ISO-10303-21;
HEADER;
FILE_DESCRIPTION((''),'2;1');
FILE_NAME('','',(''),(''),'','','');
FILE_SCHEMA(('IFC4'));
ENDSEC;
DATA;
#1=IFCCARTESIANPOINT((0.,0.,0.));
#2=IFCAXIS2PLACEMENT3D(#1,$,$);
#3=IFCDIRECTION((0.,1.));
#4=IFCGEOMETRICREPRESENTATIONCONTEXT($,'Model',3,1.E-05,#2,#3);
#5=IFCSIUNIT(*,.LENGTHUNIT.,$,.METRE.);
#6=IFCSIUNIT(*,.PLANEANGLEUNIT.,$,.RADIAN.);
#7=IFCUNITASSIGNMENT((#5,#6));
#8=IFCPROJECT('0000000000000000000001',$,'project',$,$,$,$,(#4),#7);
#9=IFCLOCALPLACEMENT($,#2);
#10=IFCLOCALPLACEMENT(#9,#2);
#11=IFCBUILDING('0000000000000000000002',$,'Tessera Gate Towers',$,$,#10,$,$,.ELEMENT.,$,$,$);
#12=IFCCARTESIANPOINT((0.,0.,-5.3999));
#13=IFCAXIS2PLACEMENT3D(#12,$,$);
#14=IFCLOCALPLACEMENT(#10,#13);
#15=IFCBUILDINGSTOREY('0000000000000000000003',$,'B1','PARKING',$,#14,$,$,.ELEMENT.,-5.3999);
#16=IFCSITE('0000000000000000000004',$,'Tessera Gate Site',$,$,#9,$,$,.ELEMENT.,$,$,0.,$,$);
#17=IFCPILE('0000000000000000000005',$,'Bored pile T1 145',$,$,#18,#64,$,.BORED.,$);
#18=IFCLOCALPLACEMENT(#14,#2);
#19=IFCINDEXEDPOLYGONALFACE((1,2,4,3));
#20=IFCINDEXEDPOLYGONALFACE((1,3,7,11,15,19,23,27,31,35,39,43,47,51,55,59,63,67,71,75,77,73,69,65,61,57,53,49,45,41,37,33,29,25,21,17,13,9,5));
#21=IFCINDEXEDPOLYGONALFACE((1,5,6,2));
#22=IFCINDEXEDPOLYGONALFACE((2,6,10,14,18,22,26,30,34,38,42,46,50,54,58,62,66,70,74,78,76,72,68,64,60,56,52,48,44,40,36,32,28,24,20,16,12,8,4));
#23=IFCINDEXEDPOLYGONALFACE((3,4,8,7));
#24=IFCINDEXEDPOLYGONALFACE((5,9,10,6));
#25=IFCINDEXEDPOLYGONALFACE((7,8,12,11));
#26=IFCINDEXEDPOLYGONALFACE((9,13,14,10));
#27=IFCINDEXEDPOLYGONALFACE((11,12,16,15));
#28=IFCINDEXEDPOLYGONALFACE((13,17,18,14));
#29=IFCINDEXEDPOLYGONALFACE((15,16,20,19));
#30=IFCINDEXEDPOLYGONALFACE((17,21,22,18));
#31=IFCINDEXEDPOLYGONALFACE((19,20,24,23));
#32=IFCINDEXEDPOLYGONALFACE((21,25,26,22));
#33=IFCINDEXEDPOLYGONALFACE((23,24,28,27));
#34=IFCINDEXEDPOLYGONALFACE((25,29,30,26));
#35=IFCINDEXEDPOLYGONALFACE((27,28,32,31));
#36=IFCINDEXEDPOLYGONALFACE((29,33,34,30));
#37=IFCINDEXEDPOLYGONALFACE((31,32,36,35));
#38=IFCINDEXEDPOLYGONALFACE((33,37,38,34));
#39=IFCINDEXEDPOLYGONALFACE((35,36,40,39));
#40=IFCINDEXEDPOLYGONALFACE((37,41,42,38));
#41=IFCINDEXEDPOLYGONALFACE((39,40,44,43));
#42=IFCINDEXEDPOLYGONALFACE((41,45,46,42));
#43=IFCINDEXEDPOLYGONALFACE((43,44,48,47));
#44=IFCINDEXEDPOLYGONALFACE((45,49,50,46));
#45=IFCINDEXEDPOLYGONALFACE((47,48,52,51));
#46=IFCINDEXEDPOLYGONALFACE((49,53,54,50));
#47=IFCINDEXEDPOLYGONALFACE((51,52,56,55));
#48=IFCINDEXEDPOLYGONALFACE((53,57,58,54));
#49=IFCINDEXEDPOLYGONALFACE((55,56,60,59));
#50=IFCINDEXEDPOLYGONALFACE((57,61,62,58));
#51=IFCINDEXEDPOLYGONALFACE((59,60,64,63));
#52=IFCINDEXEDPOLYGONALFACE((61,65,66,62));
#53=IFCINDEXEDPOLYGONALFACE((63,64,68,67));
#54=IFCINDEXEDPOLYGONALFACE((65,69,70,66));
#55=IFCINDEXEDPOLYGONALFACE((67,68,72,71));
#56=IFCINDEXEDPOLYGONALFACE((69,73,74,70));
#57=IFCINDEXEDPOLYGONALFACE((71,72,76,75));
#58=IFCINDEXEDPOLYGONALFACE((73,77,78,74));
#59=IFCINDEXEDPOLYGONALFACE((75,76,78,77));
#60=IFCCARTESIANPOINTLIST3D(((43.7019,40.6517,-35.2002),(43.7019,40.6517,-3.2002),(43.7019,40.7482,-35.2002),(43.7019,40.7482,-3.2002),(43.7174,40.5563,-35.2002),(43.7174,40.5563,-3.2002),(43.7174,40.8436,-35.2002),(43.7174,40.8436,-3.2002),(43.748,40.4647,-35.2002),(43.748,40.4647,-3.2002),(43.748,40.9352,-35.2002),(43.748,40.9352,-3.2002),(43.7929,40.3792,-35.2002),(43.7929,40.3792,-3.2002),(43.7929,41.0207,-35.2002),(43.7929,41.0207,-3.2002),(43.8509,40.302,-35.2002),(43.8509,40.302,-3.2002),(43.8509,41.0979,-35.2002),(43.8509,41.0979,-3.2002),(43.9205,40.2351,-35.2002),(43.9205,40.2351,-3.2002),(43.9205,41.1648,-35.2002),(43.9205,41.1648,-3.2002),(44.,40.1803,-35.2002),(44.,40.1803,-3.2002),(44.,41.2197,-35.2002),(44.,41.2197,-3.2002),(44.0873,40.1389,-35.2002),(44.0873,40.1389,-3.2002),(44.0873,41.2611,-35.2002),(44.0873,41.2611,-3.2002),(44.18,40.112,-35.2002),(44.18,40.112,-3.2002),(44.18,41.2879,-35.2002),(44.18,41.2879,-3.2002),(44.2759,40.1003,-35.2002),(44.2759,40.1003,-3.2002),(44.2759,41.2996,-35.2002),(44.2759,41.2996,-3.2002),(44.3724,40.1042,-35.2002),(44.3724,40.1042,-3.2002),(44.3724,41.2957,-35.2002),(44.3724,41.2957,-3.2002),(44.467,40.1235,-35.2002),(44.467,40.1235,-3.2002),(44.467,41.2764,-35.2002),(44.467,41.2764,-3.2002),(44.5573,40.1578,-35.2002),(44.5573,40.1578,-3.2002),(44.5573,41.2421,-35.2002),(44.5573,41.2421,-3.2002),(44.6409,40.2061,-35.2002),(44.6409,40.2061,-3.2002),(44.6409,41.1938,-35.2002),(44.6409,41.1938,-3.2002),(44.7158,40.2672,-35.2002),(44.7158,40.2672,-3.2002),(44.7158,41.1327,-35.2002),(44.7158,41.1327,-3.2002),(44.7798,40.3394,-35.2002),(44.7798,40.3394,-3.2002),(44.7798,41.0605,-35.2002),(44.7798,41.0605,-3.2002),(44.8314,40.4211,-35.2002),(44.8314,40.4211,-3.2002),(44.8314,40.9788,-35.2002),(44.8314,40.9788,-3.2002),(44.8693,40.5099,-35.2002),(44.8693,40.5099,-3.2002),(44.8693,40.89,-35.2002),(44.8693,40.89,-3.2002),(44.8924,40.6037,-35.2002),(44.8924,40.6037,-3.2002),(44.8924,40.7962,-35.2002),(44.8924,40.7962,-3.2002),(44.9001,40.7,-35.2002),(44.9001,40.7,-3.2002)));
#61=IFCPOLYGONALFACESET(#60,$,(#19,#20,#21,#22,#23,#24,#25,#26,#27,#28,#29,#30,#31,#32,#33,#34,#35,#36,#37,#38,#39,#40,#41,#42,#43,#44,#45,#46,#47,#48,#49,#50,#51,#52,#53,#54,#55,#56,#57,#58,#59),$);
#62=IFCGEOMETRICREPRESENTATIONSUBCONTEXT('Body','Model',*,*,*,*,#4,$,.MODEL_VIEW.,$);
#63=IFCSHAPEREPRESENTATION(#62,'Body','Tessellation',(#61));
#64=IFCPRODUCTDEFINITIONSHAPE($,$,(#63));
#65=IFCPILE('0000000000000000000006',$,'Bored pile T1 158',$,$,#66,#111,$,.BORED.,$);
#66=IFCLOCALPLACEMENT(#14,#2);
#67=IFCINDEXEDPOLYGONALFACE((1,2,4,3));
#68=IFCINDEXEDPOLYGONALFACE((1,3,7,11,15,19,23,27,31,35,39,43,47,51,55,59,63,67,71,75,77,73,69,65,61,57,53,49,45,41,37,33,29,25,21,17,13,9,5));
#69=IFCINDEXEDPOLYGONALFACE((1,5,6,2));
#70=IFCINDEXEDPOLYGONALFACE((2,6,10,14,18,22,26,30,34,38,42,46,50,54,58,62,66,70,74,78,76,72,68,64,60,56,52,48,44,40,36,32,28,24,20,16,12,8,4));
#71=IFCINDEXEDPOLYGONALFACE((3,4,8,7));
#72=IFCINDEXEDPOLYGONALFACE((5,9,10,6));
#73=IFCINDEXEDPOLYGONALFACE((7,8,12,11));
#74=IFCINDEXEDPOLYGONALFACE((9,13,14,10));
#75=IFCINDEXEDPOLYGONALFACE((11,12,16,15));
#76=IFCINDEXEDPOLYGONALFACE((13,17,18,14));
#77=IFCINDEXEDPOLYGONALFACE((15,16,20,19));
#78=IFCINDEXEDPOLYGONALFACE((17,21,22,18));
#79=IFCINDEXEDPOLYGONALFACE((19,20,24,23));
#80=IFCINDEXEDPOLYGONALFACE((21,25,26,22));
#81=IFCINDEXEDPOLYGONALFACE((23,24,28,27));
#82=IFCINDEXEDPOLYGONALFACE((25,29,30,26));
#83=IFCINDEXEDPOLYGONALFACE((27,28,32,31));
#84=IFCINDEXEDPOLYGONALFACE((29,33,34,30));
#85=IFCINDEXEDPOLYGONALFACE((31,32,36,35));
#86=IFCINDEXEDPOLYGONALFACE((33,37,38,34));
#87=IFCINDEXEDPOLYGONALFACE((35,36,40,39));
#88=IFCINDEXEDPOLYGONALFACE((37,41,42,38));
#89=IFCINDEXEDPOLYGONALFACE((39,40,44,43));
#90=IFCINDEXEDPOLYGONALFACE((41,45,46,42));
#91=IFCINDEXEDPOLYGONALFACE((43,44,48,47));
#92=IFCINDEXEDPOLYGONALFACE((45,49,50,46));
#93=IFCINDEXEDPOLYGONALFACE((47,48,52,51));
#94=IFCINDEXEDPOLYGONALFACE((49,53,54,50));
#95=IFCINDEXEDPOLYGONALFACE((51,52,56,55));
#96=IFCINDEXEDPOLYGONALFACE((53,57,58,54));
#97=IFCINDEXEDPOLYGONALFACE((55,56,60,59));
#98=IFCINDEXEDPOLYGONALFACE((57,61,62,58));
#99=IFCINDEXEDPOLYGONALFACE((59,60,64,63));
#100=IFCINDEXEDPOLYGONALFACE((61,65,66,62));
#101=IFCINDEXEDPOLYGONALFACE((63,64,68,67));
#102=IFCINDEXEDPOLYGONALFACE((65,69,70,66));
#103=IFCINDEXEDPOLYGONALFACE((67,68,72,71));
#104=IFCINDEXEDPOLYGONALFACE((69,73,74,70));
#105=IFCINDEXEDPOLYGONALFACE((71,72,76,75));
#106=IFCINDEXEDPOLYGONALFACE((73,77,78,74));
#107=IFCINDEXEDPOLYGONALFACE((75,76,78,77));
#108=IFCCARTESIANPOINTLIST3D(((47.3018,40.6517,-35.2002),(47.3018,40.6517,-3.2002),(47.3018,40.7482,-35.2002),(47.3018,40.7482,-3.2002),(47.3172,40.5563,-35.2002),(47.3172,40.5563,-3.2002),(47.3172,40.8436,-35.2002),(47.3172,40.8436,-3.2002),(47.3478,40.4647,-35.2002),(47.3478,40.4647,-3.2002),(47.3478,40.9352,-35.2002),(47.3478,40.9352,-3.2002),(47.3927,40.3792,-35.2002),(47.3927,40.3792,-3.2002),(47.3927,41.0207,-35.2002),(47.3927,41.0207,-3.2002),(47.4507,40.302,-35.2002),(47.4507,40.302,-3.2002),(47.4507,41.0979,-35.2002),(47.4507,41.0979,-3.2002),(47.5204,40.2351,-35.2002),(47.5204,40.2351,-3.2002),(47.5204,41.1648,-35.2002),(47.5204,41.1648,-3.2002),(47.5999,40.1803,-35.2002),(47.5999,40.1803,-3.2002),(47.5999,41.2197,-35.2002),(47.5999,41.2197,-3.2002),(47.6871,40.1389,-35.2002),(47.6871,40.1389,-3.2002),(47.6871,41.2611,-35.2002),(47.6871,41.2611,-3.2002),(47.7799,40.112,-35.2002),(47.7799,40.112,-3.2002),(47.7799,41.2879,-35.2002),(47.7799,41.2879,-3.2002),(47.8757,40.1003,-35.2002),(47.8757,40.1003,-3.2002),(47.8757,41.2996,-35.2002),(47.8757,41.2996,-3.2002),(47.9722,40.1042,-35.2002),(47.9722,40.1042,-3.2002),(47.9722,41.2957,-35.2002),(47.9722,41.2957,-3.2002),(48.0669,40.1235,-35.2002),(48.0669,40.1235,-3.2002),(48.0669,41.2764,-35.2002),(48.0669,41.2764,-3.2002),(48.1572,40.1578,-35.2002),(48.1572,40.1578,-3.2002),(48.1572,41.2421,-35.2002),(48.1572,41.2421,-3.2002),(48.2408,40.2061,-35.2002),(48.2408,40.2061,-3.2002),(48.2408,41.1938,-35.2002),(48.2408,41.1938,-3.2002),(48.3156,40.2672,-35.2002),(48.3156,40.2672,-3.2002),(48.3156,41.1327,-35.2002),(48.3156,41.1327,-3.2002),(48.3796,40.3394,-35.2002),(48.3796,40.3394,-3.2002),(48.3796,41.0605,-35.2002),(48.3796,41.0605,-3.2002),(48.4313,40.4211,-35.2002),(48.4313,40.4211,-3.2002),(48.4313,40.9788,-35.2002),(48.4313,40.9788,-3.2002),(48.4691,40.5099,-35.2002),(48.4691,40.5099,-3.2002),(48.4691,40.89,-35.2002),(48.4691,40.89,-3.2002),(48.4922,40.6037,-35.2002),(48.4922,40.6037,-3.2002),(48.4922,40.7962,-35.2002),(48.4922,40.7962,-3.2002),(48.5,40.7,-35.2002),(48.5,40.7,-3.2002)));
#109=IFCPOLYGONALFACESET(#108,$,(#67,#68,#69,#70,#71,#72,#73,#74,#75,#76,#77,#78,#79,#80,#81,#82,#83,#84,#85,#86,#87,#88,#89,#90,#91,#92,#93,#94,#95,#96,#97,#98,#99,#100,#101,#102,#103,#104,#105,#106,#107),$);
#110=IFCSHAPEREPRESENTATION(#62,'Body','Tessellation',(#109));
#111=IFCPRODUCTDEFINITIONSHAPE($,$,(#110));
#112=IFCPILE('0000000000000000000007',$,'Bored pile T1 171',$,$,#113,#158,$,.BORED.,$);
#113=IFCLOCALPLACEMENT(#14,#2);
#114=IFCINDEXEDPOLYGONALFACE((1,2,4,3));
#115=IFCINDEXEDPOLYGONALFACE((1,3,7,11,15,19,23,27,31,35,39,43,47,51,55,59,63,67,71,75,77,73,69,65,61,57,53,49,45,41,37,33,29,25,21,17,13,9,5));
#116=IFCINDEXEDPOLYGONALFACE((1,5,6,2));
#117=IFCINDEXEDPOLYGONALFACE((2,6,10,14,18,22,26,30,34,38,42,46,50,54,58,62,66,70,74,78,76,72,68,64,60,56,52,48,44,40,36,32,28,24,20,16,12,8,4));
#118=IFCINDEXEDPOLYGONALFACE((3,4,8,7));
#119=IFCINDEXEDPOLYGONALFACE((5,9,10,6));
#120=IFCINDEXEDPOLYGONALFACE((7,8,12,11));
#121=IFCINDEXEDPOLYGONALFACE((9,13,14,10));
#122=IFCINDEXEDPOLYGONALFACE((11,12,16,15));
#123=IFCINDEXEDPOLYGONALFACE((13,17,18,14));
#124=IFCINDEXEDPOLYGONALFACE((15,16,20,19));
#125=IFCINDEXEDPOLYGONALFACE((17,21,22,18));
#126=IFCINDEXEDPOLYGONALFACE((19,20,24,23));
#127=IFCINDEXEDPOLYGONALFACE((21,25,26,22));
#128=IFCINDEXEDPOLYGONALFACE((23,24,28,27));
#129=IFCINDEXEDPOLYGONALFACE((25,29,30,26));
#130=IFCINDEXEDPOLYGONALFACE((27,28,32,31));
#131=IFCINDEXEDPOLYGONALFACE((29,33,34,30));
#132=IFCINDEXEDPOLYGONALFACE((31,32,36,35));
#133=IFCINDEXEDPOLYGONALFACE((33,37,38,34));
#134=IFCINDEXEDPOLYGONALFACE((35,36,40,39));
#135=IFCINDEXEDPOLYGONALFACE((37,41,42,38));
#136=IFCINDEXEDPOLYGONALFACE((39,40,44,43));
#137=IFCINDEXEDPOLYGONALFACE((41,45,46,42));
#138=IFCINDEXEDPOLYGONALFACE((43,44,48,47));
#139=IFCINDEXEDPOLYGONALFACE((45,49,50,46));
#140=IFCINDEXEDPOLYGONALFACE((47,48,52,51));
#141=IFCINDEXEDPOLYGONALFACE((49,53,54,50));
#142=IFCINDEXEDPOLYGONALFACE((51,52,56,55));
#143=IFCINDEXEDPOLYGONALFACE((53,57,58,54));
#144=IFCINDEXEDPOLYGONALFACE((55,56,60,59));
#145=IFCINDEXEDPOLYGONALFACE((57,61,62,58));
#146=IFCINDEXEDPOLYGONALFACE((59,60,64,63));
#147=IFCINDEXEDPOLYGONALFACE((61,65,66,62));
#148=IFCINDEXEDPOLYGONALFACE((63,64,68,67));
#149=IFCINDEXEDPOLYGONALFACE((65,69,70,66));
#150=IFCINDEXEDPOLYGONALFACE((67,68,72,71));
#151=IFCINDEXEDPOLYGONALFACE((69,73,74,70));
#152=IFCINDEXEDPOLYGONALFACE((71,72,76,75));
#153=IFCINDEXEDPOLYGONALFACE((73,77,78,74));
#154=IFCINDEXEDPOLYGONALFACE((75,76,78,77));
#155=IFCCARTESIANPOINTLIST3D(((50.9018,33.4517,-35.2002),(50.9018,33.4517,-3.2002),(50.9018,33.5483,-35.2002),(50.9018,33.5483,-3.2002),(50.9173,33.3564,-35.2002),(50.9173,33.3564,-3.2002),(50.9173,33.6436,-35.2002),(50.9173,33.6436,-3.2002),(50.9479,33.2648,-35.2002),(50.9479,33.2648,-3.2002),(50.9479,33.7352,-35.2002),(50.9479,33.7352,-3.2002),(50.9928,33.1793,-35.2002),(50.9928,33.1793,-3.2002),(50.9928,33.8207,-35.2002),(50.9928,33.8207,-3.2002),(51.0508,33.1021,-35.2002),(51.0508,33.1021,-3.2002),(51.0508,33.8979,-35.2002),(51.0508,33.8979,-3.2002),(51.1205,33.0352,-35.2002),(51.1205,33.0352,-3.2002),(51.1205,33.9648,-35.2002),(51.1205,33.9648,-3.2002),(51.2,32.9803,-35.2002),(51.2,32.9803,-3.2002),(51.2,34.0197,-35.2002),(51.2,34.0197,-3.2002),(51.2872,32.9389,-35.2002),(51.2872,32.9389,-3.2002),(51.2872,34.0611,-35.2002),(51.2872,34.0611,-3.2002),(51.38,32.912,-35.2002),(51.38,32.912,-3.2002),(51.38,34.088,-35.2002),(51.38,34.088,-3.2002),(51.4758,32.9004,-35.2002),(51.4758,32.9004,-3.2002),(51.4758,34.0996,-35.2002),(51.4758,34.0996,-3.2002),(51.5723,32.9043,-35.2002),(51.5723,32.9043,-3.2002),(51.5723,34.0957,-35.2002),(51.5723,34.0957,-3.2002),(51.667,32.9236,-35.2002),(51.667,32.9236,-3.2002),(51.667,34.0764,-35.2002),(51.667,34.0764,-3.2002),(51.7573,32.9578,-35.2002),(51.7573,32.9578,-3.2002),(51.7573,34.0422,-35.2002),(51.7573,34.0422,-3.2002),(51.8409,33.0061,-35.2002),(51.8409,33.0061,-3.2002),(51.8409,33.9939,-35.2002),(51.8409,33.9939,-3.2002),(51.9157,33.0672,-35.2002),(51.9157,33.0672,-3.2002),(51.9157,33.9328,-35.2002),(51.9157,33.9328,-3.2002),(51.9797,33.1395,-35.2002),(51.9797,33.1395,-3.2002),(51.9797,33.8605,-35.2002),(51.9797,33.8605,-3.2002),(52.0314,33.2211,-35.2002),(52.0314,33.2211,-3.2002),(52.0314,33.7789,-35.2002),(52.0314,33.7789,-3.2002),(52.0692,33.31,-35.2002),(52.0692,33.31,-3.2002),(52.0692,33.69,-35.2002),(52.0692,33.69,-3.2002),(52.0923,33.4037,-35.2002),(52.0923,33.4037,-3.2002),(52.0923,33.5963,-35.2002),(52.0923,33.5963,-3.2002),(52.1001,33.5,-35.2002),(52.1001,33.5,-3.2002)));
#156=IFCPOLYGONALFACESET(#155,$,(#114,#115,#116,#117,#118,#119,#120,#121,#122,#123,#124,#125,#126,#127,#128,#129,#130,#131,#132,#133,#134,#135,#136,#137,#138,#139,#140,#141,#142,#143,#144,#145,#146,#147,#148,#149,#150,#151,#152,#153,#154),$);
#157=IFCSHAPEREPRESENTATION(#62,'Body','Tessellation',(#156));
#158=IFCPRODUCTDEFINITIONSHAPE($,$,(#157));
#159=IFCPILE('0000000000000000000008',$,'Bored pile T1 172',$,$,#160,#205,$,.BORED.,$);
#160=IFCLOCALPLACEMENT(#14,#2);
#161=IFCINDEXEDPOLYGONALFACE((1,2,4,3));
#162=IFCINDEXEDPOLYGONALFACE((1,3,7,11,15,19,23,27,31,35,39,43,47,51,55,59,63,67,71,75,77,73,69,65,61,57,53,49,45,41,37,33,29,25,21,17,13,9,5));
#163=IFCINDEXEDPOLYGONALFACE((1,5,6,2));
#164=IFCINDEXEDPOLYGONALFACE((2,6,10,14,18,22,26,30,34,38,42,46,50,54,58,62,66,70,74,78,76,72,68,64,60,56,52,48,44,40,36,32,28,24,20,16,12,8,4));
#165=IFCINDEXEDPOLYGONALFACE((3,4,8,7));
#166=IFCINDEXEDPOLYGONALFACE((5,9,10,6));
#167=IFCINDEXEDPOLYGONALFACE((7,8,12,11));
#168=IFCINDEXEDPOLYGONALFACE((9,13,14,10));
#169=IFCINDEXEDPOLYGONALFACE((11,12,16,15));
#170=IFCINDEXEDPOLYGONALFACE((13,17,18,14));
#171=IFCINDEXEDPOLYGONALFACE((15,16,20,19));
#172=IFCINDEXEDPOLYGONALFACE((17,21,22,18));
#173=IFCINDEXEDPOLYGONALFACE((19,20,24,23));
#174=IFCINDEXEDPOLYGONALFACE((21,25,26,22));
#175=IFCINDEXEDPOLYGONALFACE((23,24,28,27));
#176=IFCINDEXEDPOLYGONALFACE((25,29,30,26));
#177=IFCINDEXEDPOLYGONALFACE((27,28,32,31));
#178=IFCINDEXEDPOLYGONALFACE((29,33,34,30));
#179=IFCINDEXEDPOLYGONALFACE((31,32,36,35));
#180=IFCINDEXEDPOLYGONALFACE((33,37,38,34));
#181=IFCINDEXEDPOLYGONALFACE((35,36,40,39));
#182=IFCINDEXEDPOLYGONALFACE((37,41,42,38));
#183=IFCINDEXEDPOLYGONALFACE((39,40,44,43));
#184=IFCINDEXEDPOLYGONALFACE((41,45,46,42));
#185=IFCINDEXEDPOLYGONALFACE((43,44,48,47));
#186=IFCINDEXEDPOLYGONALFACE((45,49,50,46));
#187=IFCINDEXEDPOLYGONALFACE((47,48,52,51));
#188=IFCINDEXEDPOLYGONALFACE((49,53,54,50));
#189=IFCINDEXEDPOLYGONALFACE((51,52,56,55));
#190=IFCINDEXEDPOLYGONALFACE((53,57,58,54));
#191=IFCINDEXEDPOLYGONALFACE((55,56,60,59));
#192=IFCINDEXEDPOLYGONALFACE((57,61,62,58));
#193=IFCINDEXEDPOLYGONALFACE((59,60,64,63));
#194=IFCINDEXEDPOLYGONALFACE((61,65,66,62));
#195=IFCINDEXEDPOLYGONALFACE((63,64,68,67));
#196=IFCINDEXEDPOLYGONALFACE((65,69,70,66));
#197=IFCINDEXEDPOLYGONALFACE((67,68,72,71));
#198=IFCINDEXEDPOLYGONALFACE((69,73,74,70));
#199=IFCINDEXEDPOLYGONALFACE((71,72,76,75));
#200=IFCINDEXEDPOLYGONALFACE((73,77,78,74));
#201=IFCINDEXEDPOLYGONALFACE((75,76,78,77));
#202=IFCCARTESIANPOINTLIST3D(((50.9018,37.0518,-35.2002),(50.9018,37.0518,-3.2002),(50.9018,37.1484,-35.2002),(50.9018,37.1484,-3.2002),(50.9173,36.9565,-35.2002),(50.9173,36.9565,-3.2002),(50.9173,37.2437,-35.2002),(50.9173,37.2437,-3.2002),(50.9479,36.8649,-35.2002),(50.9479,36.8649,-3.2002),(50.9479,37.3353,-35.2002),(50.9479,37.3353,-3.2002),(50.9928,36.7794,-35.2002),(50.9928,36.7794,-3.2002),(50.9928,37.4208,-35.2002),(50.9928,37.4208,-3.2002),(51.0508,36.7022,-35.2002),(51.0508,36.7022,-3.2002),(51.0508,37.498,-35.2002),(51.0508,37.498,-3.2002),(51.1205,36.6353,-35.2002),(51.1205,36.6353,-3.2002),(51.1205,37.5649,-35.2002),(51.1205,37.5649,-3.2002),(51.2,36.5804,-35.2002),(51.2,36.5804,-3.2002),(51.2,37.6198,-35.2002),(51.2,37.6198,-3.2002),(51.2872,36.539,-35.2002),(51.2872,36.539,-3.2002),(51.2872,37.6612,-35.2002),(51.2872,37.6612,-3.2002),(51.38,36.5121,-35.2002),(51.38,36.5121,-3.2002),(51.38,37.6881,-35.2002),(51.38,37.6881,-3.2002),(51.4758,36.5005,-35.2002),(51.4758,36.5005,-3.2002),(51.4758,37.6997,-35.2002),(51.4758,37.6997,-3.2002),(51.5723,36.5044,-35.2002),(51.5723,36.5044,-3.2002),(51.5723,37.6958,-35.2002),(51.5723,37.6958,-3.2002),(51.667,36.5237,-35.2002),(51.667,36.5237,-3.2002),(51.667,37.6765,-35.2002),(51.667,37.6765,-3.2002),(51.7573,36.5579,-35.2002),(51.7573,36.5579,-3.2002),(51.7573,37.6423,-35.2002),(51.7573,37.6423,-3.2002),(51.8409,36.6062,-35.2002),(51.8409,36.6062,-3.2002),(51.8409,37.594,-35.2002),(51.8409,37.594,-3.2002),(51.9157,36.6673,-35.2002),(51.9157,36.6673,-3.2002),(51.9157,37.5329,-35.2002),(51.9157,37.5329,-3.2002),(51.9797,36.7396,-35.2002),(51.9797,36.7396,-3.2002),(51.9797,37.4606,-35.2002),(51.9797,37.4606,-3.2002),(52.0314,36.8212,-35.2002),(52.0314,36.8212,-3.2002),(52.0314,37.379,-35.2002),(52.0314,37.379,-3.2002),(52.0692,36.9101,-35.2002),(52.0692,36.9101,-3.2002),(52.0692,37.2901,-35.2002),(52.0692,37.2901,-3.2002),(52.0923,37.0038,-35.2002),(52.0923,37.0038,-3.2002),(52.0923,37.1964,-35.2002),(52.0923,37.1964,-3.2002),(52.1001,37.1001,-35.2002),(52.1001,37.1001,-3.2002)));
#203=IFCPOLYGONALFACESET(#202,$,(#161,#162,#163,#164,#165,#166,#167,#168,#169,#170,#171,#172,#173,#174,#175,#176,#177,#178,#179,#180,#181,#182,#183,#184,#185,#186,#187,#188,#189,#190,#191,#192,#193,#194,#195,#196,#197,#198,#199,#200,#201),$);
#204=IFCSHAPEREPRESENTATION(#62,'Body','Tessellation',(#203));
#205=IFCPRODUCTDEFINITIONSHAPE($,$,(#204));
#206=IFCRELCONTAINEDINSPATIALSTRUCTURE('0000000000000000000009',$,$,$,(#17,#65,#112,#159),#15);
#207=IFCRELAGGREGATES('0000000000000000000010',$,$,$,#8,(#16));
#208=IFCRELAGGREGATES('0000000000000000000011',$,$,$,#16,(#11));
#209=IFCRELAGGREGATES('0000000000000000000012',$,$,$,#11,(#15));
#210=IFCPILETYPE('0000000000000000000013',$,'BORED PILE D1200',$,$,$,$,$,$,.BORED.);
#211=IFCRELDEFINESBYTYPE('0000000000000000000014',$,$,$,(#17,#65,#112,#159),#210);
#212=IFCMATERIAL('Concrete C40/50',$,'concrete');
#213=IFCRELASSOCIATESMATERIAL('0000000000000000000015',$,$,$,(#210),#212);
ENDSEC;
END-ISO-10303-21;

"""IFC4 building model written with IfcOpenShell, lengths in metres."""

from ifc_helpers import new_model, si_unit, direction, frame, origin, origin_2d, place, context, subcontext, project, spatial, circle, extrude, material, material_profile, profile_set, type_object, element, save


model = new_model("IFC4")

# Units and contexts
model_context = context("Model", 3, precision=1e-05, world=origin(), true_north=direction((0.0, 1.0)))
body_context = subcontext(model_context, "Body", "Model", "MODEL_VIEW")
ifc_project = project(units=[si_unit("LENGTHUNIT", "METRE"), si_unit("PLANEANGLEUNIT", "RADIAN")], contexts=[model_context])

# Site, building, storey
site_placement = place(None, origin())
site = spatial("IfcSite", under=ifc_project, at=site_placement, Name="Tessera Gate Site", CompositionType="ELEMENT", RefElevation=0.0)
building_placement = place(site_placement, origin())
building = spatial("IfcBuilding", under=site, at=building_placement, Name="Tessera Gate Towers", CompositionType="ELEMENT")
storey_placement = place(building_placement, frame((0.0, 0.0, -5.3999)))
storey = spatial("IfcBuildingStorey", under=building, at=storey_placement, Name="B1", Description="PARKING", CompositionType="ELEMENT", Elevation=-5.3999)

# Piles
ifc_material_1 = material(Name="Concrete C40/50", Category="concrete")
ifc_material_profile_1 = material_profile(ifc_material_1, circle(Radius=0.6001, at=origin_2d()), Name="BORED PILE D1200")
ifc_profile_set_1 = profile_set([ifc_material_profile_1], Name="Concrete C40/50")
pile_type = type_object("IfcPileType", Name="BORED PILE D1200", PredefinedType="BORED", material=ifc_profile_set_1)
for number, where, z_axis, x_axis, name in (
    (1, (44.3, 40.7, -3.2002), (0.0, 0.0, -1.0), (1.0, 0.0, 0.0), "Bored pile T1 145"),
    (2, (47.8999, 40.7, -3.2002), (0.0, 0.0, -1.0), (1.0, 0.0, 0.0), "Bored pile T1 158"),
    (3, (51.5, 33.5, -3.2002), (0.0, 0.0, -1.0), (1.0, 0.0, 0.0), "Bored pile T1 171"),
    (4, (51.5, 37.1001, -3.2002), (0.0, 0.0, -1.0), (1.0, 0.0, 0.0), "Bored pile T1 172"),
):
    element("IfcPile", number, at=place(storey_placement, frame(where, z_axis=z_axis, x_axis=x_axis)), inside=storey, type_object=pile_type, Name=name, PredefinedType="BORED", context=body_context, shape_type="SweptSolid", body=[
        extrude(circle(Radius=0.6001, at=origin_2d()), origin(), (0.0, 0.0, 1.0), 32.0),
    ])

save(model, "model.ifc")
